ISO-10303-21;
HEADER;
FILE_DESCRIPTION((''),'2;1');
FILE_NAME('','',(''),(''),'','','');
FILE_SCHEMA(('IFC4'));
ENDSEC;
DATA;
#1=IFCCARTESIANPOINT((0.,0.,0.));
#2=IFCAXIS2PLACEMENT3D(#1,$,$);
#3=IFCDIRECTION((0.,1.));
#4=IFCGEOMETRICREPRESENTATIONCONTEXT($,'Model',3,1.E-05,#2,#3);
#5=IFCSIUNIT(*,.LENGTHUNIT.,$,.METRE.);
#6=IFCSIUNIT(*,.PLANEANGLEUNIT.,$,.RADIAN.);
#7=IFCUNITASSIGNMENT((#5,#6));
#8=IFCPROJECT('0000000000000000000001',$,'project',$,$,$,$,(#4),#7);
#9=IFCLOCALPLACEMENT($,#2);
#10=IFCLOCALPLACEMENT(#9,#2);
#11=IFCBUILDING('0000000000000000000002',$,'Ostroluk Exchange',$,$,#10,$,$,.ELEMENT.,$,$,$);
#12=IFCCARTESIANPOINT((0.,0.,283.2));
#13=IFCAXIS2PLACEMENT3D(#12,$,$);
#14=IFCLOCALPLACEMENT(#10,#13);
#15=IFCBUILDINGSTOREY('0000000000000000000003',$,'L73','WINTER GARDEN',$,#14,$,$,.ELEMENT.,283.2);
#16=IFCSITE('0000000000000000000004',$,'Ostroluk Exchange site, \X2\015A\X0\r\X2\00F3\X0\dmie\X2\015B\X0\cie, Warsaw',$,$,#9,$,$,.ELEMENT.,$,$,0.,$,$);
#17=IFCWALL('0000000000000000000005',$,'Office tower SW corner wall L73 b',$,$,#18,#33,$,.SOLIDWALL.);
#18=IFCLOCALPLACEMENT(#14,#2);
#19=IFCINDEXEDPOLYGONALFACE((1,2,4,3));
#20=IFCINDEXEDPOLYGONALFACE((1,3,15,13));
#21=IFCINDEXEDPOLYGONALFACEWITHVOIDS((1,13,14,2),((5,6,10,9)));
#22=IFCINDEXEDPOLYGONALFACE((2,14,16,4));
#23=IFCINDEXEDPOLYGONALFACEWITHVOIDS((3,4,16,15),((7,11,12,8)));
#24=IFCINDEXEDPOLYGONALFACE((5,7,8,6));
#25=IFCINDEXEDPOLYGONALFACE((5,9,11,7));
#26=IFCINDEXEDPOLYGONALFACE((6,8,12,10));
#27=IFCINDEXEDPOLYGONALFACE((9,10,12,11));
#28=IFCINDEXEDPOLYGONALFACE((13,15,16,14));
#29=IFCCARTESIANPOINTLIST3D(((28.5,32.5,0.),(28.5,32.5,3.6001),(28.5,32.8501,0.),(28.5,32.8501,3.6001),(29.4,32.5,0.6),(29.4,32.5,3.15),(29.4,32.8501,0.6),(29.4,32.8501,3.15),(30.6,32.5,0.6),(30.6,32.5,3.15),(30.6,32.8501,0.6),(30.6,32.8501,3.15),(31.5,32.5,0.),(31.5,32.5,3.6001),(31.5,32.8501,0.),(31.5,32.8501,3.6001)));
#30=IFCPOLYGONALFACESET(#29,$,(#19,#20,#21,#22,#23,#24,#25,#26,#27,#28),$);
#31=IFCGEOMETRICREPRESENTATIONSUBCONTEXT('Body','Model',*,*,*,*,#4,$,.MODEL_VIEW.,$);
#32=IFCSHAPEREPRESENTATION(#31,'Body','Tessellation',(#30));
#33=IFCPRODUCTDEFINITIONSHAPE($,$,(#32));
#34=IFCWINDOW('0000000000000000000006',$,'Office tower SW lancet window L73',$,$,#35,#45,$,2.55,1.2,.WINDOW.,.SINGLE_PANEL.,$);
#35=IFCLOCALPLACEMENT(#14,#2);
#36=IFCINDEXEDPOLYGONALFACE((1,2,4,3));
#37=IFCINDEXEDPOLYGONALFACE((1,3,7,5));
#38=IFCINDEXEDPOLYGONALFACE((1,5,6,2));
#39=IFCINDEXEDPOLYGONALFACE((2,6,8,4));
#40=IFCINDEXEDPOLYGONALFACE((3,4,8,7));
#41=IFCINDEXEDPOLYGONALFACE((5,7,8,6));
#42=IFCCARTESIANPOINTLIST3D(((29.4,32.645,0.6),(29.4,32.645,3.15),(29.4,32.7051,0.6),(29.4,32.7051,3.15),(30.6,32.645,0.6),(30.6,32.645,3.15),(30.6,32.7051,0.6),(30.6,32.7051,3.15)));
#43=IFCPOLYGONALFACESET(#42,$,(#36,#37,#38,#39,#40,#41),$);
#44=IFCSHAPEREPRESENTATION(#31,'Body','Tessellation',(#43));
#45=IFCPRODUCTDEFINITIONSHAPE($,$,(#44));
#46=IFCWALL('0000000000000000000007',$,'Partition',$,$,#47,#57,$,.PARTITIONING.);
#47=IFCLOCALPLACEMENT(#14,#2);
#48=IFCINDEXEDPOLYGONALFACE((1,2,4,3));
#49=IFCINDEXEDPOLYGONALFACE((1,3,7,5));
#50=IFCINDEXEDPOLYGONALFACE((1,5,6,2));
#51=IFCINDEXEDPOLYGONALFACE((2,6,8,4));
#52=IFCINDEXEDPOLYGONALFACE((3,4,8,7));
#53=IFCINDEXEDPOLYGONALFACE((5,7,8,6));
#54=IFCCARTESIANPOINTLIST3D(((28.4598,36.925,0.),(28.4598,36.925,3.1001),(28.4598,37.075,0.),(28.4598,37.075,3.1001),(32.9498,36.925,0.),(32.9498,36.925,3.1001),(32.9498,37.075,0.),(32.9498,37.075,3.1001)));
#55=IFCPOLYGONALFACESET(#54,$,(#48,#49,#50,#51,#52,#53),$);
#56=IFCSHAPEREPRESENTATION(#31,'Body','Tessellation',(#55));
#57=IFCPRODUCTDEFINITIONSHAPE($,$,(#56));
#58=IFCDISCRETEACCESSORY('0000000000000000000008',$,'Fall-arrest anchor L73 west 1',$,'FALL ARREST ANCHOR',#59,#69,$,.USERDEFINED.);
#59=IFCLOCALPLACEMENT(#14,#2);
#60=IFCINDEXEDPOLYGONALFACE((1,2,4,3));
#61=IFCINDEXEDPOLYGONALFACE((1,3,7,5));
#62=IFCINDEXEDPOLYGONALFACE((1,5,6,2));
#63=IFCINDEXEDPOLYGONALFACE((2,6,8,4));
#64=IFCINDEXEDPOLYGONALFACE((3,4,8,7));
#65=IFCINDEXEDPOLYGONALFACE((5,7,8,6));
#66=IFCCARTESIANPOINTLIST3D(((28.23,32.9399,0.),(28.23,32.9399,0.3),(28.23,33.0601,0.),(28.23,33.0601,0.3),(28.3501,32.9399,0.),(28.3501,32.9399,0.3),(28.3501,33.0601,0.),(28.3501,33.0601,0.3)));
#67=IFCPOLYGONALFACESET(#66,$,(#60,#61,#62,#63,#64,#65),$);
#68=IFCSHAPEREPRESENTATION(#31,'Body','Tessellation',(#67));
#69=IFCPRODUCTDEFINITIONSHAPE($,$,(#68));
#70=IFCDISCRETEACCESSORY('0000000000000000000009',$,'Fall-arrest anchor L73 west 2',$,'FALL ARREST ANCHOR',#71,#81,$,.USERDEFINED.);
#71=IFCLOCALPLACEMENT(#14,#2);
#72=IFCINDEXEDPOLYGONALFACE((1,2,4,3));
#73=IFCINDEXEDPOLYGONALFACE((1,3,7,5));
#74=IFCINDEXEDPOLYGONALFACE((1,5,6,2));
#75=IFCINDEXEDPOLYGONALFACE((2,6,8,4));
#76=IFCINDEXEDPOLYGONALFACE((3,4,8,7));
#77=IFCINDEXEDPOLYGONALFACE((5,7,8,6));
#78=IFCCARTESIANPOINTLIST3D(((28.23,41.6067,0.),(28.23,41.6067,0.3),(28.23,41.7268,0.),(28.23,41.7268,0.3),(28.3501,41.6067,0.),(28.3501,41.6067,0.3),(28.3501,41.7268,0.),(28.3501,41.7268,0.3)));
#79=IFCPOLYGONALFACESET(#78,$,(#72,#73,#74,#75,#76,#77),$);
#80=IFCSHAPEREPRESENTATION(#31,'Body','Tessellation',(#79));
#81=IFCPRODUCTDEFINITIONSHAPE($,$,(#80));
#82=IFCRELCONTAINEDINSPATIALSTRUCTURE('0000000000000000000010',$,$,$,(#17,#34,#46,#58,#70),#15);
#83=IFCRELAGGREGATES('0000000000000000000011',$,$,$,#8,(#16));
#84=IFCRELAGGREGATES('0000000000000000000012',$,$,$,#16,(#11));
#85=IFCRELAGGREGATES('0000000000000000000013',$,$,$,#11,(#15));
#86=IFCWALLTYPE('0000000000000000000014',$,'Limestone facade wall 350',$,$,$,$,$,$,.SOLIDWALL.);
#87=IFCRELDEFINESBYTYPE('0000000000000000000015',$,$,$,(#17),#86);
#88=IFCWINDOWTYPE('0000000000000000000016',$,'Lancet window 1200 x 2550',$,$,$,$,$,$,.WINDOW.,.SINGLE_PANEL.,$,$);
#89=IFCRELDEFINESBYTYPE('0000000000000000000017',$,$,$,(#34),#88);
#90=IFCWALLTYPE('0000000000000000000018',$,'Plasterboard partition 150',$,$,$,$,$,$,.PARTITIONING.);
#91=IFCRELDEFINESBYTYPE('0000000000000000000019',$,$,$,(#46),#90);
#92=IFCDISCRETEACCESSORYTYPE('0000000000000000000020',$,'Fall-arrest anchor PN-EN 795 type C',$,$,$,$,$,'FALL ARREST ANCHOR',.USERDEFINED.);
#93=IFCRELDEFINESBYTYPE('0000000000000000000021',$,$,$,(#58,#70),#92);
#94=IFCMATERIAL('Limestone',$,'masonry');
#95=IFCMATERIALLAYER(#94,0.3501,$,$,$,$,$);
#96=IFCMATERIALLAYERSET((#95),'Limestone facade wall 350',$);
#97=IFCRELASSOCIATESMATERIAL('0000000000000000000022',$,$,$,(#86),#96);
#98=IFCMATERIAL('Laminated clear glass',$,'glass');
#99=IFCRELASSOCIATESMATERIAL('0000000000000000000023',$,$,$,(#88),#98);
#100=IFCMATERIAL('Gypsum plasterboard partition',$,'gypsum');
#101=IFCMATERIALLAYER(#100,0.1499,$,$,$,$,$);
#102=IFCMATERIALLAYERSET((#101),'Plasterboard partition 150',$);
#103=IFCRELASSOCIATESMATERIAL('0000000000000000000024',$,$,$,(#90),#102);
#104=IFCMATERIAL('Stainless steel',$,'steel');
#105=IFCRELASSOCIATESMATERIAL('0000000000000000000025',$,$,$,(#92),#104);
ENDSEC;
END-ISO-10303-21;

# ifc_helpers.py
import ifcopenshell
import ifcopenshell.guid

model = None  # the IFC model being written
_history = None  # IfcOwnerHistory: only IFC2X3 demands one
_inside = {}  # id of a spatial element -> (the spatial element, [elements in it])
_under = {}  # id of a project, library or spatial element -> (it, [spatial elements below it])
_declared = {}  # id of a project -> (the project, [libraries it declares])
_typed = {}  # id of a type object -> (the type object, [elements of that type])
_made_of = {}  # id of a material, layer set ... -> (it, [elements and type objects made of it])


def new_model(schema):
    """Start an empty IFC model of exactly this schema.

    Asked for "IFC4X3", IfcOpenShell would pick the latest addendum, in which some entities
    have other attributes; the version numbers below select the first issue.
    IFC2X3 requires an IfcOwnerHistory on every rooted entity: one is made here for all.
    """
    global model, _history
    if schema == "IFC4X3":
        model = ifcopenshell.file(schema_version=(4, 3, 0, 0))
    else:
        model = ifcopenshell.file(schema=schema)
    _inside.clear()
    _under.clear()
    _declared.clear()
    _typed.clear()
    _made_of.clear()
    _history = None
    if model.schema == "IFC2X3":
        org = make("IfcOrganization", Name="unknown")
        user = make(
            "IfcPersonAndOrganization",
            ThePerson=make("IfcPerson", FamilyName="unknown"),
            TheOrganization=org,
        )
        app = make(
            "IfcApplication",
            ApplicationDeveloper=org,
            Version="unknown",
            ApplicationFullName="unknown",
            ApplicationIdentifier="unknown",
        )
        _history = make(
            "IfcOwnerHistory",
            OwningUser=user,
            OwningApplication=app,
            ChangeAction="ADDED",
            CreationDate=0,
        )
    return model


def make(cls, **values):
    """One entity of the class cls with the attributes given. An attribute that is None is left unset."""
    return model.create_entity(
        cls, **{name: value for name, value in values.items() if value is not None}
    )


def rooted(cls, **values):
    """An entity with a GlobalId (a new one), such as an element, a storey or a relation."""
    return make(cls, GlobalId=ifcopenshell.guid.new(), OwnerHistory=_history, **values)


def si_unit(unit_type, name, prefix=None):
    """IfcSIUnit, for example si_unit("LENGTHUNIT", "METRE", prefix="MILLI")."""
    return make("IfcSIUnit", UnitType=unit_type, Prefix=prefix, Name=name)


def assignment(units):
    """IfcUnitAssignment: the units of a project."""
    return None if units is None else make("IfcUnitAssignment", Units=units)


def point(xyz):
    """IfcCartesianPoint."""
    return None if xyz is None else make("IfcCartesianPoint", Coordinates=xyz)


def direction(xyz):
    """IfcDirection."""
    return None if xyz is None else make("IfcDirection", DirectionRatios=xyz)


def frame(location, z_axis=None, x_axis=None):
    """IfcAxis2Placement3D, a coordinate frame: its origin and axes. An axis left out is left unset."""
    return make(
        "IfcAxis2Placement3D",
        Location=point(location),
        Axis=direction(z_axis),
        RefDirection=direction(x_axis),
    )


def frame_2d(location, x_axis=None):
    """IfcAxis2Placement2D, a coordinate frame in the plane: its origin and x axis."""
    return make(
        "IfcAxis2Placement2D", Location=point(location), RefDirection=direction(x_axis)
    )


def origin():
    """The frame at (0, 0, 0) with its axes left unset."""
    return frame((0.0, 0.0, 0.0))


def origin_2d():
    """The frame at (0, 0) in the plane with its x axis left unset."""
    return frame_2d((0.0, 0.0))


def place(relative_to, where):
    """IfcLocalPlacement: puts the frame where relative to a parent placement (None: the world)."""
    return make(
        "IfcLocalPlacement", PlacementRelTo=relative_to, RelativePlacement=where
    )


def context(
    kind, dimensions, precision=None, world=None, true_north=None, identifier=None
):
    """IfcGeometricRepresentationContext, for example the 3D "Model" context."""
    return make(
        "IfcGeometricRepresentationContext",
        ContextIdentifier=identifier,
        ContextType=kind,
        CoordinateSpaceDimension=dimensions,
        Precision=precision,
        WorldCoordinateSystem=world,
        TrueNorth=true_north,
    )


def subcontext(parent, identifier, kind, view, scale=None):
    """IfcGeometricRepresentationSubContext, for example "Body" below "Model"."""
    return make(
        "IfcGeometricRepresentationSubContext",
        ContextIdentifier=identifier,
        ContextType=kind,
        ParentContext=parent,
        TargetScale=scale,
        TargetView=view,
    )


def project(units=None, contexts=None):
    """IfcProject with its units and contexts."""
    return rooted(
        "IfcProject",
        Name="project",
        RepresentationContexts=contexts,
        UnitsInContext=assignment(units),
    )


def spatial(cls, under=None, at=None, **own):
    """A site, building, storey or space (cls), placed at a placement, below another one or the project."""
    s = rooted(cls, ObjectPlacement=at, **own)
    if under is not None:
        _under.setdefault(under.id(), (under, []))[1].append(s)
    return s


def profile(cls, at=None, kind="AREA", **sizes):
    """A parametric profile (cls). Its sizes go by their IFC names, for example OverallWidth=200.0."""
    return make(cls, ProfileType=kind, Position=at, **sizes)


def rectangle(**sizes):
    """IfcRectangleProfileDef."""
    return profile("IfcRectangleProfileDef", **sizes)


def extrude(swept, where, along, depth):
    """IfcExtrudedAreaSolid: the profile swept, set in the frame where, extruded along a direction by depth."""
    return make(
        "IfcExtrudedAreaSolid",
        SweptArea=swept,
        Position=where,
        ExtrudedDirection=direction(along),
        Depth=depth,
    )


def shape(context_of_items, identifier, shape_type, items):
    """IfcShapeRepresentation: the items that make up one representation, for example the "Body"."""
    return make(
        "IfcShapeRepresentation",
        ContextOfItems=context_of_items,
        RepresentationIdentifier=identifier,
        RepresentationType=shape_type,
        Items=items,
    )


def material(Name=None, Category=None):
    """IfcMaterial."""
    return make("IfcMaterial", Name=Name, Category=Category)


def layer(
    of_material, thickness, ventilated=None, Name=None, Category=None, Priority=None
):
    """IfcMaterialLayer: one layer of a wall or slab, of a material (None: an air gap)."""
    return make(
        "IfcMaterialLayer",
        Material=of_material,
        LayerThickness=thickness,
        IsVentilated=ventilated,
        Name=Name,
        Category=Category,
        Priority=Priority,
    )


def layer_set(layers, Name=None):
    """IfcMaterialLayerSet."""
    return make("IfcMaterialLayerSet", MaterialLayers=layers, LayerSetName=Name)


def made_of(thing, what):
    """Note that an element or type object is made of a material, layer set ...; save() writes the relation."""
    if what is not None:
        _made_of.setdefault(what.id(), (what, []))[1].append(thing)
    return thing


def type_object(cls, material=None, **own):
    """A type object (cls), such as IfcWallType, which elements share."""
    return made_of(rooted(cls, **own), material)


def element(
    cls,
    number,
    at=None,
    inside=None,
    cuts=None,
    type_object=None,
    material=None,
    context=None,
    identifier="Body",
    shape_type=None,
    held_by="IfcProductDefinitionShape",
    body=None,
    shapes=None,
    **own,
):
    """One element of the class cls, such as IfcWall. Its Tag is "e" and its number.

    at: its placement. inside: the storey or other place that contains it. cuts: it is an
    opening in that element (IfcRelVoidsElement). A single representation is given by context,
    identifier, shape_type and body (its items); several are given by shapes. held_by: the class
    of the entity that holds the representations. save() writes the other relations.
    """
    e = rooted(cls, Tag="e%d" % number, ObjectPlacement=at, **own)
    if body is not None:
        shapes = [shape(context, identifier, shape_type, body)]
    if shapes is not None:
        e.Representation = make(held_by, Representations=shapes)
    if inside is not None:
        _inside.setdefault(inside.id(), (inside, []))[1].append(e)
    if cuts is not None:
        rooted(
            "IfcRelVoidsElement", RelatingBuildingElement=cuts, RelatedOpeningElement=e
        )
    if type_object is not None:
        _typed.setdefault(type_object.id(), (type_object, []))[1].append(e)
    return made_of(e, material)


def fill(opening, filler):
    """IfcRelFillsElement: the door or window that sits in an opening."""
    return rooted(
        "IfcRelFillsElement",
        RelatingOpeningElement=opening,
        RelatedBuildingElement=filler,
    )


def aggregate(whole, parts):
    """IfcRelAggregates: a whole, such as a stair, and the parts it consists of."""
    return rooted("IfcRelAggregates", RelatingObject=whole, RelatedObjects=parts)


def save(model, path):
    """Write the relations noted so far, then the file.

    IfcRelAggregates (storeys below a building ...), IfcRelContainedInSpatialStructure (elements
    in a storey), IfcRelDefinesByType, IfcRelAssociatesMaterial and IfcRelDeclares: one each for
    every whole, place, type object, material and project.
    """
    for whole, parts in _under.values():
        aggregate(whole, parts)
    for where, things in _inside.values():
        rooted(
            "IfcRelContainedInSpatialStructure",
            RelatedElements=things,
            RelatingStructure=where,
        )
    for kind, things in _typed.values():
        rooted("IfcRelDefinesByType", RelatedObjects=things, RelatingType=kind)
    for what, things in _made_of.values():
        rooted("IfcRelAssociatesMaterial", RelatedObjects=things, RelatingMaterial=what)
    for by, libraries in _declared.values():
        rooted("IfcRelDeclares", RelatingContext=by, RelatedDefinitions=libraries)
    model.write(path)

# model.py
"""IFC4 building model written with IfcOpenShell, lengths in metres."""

from ifc_helpers import new_model, si_unit, direction, frame, frame_2d, origin, origin_2d, place, context, subcontext, project, spatial, rectangle, extrude, material, layer, layer_set, type_object, element, fill, save


model = new_model("IFC4")

# Units and contexts
model_context = context("Model", 3, precision=1e-05, world=origin(), true_north=direction((0.0, 1.0)))
body_context = subcontext(model_context, "Body", "Model", "MODEL_VIEW")
ifc_project = project(units=[si_unit("LENGTHUNIT", "METRE"), si_unit("PLANEANGLEUNIT", "RADIAN")], contexts=[model_context])

# Site, building, storey
site_placement = place(None, origin())
site = spatial("IfcSite", under=ifc_project, at=site_placement, Name="Ostroluk Exchange site, Śródmieście, Warsaw", CompositionType="ELEMENT", RefElevation=0.0)
building_placement = place(site_placement, origin())
building = spatial("IfcBuilding", under=site, at=building_placement, Name="Ostroluk Exchange", CompositionType="ELEMENT")
storey_placement = place(building_placement, frame((0.0, 0.0, 283.2)))
storey = spatial("IfcBuildingStorey", under=building, at=storey_placement, Name="L73", Description="WINTER GARDEN", CompositionType="ELEMENT", Elevation=283.2)

# Wall, opening, window
ifc_material_1 = material(Name="Limestone", Category="masonry")
ifc_layer_1 = layer(ifc_material_1, 0.3501)
ifc_layer_set_1 = layer_set([ifc_layer_1], Name="Limestone facade wall 350")
wall_type_1 = type_object("IfcWallType", Name="Limestone facade wall 350", PredefinedType="SOLIDWALL", material=ifc_layer_set_1)
wall_1_placement = place(storey_placement, frame((31.5, 32.675, 0.0), z_axis=(0.0, 0.0, 1.0), x_axis=(-1.0, 0.0, 0.0)))
wall_1 = element("IfcWall", 1, at=wall_1_placement, inside=storey, type_object=wall_type_1, Name="Office tower SW corner wall L73 b", PredefinedType="SOLIDWALL", context=body_context, shape_type="SweptSolid", body=[
    extrude(rectangle(XDim=3.0, YDim=0.3501, at=frame_2d((1.5, 0.0))), origin(), (0.0, 0.0, 1.0), 3.6001),
])
opening_placement = place(wall_1_placement, frame((0.8999, 0.0, 0.6001)))
opening = element("IfcOpeningElement", 2, at=opening_placement, cuts=wall_1, PredefinedType="OPENING", context=body_context, shape_type="SweptSolid", body=[
    extrude(rectangle(XDim=1.2, YDim=2.55, at=frame_2d((0.6001, 1.2749))), frame((0.0, 0.1851, 0.0), z_axis=(0.0, -1.0, 0.0), x_axis=(1.0, 0.0, 0.0)), (0.0, 0.0, 1.0), 0.3701),
])
ifc_material_2 = material(Name="Laminated clear glass", Category="glass")
window_type = type_object("IfcWindowType", Name="Lancet window 1200 x 2550", PartitioningType="SINGLE_PANEL", PredefinedType="WINDOW", material=ifc_material_2)
window_placement = place(opening_placement, origin())
window = element("IfcWindow", 3, at=window_placement, inside=storey, type_object=window_type, Name="Office tower SW lancet window L73", OverallHeight=2.55, OverallWidth=1.2, PartitioningType="SINGLE_PANEL", PredefinedType="WINDOW", context=body_context, shape_type="SweptSolid", body=[
    extrude(rectangle(XDim=1.2, YDim=2.55, at=frame_2d((0.6001, 1.2749))), frame((0.0, 0.03, 0.0), z_axis=(0.0, -1.0, 0.0), x_axis=(1.0, 0.0, 0.0)), (0.0, 0.0, 1.0), 0.0601),
])
fill(opening, window)

# Wall
ifc_material_3 = material(Name="Gypsum plasterboard partition", Category="gypsum")
ifc_layer_2 = layer(ifc_material_3, 0.1499)
ifc_layer_set_2 = layer_set([ifc_layer_2], Name="Plasterboard partition 150")
wall_type_2 = type_object("IfcWallType", Name="Plasterboard partition 150", PredefinedType="PARTITIONING", material=ifc_layer_set_2)
wall_2_placement = place(storey_placement, frame((32.95, 37.0, 0.0), z_axis=(0.0, 0.0, 1.0), x_axis=(-1.0, 0.0, 0.0)))
element("IfcWall", 4, at=wall_2_placement, inside=storey, type_object=wall_type_2, Name="Partition", PredefinedType="PARTITIONING", context=body_context, shape_type="SweptSolid", body=[
    extrude(rectangle(XDim=4.49, YDim=0.1499, at=frame_2d((2.2451, 0.0))), origin(), (0.0, 0.0, 1.0), 3.1001),
])

# Discrete accessories
ifc_material_4 = material(Name="Stainless steel", Category="steel")
discrete_accessory_type = type_object("IfcDiscreteAccessoryType", Name="Fall-arrest anchor PN-EN 795 type C", ElementType="FALL ARREST ANCHOR", PredefinedType="USERDEFINED", material=ifc_material_4)
for number, where, z_axis, x_axis, name in (
    (5, (28.29, 33.0, 0.0), (0.0, 0.0, 1.0), (1.0, 0.0, 0.0), "Fall-arrest anchor L73 west 1"),
    (6, (28.29, 41.6667, 0.0), (0.0, 0.0, 1.0), (1.0, 0.0, 0.0), "Fall-arrest anchor L73 west 2"),
):
    element("IfcDiscreteAccessory", number, at=place(storey_placement, frame(where, z_axis=z_axis, x_axis=x_axis)), inside=storey, type_object=discrete_accessory_type, Name=name, ObjectType="FALL ARREST ANCHOR", PredefinedType="USERDEFINED", context=body_context, shape_type="SweptSolid", body=[
        extrude(rectangle(XDim=0.1201, YDim=0.1201, at=origin_2d()), origin(), (0.0, 0.0, 1.0), 0.3),
    ])

save(model, "model.ifc")
